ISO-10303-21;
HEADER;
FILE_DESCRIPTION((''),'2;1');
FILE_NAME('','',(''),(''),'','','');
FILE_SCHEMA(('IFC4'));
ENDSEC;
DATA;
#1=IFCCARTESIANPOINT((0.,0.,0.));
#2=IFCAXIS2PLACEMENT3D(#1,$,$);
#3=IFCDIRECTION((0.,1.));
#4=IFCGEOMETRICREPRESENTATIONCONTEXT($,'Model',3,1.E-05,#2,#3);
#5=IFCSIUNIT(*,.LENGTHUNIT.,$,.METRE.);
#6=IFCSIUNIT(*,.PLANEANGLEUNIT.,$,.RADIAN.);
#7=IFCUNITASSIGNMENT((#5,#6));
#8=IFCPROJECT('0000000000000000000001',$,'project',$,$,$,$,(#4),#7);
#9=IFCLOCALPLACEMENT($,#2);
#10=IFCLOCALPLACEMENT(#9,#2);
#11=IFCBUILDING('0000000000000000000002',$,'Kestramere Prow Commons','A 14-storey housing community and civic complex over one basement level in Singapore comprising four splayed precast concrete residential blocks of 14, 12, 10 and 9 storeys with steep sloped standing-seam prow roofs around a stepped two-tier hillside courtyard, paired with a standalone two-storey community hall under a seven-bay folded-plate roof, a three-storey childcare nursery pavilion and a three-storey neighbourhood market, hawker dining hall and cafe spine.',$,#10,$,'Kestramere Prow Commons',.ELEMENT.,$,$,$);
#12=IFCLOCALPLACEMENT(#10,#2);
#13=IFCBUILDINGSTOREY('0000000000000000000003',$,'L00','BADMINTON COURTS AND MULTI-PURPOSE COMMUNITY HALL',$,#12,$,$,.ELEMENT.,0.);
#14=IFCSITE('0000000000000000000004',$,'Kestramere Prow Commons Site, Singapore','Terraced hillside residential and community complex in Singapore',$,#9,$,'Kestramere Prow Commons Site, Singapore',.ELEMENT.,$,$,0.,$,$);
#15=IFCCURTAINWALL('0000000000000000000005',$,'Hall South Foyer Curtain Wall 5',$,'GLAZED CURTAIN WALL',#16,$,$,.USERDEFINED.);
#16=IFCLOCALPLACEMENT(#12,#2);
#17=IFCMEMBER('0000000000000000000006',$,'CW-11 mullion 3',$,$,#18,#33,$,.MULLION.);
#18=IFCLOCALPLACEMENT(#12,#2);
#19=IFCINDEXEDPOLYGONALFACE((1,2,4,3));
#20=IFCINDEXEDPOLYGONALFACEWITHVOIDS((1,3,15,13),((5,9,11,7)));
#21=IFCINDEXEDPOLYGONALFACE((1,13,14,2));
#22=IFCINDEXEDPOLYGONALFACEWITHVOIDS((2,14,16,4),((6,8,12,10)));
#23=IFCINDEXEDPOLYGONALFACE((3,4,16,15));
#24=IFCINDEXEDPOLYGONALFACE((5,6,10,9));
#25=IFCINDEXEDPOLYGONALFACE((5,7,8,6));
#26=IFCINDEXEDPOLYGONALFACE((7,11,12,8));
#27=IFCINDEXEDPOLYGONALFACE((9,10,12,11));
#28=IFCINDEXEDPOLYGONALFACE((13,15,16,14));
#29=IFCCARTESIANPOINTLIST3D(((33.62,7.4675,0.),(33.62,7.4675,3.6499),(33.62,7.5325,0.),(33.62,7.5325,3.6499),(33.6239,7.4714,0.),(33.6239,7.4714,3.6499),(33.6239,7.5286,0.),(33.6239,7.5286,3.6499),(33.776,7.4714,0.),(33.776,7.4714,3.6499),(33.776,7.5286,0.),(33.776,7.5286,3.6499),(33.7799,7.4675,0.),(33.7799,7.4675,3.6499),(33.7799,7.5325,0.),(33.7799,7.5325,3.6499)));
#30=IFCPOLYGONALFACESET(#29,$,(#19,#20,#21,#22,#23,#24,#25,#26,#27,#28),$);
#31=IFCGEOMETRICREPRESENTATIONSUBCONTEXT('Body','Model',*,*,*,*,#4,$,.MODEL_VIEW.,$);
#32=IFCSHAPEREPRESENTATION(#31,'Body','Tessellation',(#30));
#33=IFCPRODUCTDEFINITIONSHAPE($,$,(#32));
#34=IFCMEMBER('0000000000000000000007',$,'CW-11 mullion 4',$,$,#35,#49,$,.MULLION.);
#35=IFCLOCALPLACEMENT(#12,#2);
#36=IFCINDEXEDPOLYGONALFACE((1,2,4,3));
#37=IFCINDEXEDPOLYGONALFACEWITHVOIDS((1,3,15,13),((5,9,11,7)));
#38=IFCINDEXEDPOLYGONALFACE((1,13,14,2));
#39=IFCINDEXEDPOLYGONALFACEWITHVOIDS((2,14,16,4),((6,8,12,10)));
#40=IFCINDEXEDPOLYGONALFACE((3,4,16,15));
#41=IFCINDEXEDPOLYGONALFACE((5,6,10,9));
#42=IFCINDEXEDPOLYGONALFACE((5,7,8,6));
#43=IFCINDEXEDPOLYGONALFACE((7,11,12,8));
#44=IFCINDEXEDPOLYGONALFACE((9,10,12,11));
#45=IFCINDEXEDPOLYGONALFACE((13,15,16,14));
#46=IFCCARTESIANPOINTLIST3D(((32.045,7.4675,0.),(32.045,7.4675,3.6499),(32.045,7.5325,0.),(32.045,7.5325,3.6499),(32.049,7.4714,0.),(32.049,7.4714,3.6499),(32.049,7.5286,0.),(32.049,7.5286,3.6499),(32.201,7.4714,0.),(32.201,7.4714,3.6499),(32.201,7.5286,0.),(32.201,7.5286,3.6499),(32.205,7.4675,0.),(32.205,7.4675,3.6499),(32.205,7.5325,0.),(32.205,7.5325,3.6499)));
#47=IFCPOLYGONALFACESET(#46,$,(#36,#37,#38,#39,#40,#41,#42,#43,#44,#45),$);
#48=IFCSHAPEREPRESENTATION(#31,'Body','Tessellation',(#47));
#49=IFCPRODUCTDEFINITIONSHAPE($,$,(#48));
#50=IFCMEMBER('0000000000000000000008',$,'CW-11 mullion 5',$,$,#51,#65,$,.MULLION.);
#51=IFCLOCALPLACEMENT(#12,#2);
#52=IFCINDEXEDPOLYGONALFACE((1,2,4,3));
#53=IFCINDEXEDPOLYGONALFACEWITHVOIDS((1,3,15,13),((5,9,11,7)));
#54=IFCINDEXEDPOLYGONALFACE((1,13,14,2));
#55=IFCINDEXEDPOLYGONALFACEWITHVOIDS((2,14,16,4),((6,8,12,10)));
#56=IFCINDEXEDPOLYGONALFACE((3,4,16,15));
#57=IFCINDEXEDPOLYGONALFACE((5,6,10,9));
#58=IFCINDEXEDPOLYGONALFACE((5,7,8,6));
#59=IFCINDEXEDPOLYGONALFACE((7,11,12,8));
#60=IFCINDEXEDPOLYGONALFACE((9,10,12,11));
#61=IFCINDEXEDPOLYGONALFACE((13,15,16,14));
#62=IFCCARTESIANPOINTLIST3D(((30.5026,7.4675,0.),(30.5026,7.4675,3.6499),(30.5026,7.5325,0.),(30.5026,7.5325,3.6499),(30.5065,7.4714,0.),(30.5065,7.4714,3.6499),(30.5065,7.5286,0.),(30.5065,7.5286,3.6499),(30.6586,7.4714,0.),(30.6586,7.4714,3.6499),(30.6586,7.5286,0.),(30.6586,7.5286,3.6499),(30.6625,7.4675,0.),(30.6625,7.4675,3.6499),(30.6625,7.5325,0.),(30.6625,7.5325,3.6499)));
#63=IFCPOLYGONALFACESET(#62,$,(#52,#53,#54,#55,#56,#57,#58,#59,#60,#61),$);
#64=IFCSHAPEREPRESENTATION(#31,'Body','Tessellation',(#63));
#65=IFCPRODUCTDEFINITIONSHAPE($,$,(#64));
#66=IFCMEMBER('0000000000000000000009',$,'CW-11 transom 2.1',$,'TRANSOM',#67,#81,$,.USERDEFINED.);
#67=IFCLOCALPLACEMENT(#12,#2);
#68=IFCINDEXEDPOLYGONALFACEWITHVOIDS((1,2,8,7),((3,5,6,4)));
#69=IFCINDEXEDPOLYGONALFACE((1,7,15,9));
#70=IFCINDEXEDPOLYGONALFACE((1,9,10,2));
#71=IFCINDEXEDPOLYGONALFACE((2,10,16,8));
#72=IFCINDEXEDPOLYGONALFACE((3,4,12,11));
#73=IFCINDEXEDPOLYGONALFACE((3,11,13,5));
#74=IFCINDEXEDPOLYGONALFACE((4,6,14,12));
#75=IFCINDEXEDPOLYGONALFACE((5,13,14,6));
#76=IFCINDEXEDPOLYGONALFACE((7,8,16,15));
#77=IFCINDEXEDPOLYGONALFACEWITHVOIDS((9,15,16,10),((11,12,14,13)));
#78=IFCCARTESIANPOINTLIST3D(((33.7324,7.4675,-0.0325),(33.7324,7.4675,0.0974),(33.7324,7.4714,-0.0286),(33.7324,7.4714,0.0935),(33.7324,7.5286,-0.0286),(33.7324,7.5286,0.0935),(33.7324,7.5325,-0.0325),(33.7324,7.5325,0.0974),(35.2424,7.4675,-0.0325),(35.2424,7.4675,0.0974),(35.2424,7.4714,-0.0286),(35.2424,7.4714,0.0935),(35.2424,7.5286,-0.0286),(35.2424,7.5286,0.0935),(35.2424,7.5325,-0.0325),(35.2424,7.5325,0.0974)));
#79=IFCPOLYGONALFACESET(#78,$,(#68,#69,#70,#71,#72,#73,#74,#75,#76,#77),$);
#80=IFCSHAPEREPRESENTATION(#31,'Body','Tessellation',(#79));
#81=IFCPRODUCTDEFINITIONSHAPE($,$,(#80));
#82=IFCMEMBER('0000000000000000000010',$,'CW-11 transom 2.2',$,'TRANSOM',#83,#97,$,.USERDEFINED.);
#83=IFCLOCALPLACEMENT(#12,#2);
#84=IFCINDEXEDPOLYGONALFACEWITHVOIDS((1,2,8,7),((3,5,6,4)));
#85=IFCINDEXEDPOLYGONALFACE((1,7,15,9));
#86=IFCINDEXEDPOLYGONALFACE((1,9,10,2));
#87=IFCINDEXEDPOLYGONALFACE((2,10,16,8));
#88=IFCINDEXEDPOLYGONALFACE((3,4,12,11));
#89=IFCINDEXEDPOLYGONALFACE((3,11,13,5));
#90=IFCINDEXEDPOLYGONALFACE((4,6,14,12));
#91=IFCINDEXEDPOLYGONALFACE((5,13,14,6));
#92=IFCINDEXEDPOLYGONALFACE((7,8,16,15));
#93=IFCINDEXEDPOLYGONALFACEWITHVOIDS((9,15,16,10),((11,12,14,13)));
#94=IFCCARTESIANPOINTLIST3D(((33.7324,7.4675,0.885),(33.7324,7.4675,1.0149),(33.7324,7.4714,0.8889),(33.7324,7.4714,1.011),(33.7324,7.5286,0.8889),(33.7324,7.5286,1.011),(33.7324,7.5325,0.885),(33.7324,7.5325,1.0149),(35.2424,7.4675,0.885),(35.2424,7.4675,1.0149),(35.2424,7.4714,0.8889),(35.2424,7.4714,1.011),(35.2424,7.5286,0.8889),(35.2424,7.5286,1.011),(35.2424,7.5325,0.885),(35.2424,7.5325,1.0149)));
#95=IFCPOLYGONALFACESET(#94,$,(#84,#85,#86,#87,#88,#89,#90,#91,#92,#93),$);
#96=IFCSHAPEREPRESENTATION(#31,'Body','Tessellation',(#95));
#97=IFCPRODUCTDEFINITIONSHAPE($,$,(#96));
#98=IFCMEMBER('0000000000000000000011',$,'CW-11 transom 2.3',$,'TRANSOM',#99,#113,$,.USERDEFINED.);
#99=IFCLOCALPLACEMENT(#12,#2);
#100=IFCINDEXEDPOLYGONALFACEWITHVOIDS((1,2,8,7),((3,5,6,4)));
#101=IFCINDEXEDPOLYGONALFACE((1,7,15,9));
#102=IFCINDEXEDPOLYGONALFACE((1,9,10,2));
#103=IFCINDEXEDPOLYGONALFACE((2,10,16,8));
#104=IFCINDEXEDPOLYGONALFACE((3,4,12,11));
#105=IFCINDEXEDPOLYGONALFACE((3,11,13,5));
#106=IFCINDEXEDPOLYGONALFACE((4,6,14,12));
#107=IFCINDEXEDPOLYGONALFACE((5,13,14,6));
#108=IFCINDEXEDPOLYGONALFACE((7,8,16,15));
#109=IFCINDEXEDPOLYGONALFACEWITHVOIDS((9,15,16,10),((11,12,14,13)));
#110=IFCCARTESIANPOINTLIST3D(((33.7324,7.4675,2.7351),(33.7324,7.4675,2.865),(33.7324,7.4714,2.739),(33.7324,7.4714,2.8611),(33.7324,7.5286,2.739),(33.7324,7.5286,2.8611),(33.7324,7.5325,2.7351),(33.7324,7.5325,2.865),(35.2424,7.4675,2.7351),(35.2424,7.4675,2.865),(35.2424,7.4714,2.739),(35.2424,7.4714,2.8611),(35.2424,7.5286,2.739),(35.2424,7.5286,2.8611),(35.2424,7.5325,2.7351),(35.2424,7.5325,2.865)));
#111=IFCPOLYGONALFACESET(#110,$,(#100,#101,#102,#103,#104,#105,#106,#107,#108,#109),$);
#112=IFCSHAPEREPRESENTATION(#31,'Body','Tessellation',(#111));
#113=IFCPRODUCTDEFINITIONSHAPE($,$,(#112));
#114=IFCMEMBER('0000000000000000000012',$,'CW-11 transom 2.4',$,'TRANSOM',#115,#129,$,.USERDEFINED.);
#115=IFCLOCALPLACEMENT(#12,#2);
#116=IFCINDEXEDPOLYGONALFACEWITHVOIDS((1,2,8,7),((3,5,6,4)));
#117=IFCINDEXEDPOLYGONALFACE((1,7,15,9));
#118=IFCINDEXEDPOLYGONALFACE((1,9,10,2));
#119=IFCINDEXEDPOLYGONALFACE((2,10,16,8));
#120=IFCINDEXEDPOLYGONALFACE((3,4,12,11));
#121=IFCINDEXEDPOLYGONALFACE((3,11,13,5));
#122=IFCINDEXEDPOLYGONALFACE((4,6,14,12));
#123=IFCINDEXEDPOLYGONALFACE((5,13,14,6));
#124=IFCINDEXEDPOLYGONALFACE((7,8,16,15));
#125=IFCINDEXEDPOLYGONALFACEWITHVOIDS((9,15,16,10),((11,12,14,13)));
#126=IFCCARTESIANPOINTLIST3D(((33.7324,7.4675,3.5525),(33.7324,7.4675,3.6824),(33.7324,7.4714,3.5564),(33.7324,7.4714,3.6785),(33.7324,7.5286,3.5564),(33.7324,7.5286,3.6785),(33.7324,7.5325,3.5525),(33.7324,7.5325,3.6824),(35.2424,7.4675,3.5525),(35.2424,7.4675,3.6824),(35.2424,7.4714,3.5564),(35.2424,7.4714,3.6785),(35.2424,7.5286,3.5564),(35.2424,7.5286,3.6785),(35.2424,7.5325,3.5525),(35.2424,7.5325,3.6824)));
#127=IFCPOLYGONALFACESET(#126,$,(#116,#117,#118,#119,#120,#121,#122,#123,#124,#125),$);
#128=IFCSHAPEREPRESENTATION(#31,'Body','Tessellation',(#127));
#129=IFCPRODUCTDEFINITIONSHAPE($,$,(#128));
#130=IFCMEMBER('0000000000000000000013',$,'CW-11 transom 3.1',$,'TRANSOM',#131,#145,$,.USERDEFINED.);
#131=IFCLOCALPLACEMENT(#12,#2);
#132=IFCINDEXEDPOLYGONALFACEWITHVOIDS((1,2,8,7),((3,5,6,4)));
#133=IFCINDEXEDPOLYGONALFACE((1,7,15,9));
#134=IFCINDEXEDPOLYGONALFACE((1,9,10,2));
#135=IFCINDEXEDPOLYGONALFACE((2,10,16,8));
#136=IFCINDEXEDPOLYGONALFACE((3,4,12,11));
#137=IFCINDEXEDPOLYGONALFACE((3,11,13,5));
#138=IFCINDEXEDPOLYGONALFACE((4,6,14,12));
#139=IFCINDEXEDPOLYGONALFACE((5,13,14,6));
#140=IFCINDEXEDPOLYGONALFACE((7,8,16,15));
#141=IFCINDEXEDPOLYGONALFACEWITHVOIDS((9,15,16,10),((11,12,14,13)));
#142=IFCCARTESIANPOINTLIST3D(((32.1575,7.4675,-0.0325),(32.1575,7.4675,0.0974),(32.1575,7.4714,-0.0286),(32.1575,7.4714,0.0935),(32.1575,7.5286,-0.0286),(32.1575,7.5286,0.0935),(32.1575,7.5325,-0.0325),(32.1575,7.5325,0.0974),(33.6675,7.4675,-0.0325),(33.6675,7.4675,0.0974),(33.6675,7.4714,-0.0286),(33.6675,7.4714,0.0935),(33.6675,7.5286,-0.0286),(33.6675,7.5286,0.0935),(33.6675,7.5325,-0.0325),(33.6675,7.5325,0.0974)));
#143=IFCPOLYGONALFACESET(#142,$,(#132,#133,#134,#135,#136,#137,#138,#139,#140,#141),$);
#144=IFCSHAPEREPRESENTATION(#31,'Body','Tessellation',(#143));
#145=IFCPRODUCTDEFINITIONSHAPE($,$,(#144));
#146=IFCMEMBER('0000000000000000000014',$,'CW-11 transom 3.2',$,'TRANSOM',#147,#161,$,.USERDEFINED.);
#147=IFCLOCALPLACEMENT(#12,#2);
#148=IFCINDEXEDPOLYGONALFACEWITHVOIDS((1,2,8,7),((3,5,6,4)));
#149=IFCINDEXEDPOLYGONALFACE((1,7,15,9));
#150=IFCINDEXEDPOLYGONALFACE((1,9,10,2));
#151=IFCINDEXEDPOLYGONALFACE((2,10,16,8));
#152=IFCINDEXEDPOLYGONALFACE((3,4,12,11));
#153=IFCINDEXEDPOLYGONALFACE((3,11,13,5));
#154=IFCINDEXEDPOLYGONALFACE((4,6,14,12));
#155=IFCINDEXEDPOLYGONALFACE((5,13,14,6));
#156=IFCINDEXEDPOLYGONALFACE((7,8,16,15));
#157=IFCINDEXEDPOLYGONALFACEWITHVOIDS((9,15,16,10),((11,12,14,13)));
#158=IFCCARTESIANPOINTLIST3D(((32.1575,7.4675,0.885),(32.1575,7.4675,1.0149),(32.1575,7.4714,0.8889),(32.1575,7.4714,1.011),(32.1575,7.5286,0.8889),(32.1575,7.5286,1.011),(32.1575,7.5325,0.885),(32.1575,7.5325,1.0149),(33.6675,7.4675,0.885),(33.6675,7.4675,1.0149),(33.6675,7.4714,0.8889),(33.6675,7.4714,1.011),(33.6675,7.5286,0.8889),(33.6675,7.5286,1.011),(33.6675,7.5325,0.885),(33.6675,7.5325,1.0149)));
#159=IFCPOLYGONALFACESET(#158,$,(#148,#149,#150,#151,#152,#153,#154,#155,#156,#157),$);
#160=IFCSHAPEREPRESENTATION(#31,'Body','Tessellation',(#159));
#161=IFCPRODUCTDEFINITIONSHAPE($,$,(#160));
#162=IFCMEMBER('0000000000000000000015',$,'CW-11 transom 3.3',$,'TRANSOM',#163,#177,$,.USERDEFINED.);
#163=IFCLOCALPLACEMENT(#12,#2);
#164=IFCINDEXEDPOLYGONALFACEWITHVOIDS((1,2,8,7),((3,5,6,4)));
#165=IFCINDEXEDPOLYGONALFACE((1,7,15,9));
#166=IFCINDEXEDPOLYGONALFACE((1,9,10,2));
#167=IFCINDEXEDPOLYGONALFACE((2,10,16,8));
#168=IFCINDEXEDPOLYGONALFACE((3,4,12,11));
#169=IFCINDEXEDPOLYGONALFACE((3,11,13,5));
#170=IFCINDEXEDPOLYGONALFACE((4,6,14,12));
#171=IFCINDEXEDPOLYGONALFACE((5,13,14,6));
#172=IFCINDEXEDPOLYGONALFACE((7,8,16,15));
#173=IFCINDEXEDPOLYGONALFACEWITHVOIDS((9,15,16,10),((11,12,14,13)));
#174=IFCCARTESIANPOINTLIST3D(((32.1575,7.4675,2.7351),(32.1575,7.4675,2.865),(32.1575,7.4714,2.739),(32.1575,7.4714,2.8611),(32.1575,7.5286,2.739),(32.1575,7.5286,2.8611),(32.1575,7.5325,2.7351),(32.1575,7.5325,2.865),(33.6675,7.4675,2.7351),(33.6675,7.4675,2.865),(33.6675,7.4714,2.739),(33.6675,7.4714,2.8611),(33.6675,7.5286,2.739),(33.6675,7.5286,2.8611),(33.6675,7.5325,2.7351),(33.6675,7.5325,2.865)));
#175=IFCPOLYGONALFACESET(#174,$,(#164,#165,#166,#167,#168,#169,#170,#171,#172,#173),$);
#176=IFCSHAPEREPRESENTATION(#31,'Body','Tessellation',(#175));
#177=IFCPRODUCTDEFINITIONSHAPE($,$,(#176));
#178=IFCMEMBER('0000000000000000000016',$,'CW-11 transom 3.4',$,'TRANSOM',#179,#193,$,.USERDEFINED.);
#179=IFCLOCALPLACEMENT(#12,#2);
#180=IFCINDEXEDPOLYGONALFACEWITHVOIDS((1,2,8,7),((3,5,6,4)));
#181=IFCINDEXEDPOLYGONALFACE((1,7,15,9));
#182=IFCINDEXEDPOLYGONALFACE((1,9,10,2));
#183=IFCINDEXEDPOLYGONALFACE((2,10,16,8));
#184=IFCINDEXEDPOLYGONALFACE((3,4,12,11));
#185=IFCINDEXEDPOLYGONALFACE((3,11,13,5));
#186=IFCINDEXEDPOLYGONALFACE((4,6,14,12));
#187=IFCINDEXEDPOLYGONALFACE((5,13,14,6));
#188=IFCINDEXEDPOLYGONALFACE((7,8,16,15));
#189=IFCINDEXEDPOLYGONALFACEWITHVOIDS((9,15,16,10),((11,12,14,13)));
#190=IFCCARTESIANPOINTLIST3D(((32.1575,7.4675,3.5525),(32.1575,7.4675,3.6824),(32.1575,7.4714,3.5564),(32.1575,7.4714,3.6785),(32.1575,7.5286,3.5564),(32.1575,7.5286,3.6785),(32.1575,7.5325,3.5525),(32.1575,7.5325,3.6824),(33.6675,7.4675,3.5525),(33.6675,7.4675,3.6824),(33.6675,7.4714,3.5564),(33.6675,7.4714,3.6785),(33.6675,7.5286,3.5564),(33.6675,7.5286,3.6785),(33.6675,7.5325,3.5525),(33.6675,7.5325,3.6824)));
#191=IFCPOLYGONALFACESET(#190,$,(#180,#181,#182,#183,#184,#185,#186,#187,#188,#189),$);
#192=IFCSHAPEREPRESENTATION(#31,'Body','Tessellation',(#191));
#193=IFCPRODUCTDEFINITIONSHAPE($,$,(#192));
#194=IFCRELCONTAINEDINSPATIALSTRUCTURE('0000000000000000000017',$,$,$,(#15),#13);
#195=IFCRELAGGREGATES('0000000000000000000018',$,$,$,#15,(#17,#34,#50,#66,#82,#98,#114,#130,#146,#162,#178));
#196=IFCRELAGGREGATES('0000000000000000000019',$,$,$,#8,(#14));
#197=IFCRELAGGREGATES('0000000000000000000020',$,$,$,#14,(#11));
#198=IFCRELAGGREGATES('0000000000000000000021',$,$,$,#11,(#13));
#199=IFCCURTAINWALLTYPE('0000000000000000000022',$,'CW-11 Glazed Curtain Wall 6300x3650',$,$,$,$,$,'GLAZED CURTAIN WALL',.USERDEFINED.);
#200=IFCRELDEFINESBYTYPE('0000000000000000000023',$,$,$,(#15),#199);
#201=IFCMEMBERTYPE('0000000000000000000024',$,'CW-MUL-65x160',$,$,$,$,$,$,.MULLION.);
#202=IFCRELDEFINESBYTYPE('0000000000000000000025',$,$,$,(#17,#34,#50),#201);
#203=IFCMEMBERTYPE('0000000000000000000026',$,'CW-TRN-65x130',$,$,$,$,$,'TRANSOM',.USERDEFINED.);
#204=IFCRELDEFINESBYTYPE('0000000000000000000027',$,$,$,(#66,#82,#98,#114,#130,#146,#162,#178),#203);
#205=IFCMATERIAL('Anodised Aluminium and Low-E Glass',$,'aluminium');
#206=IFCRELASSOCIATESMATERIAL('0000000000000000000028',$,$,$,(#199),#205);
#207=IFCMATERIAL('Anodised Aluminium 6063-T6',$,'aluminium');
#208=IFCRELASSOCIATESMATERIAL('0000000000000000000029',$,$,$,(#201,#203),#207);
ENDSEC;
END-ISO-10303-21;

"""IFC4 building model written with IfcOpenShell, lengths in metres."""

from ifc_helpers import new_model, si_unit, direction, frame, origin, origin_2d, place, context, subcontext, project, spatial, hollow_rectangle, extrude, material, material_profile, profile_set, type_object, element, aggregate, save


model = new_model("IFC4")

# Units and contexts
model_context = context("Model", 3, precision=1e-05, world=origin(), true_north=direction((0.0, 1.0)))
body_context = subcontext(model_context, "Body", "Model", "MODEL_VIEW")
ifc_project = project(units=[si_unit("LENGTHUNIT", "METRE"), si_unit("PLANEANGLEUNIT", "RADIAN")], contexts=[model_context])

# Site, building, storey
site_placement = place(None, origin())
site = spatial("IfcSite", under=ifc_project, at=site_placement, Name="Kestramere Prow Commons Site, Singapore", Description="Terraced hillside residential and community complex in Singapore", LongName="Kestramere Prow Commons Site, Singapore", CompositionType="ELEMENT", RefElevation=0.0)
building_placement = place(site_placement, origin())
building = spatial("IfcBuilding", under=site, at=building_placement, Name="Kestramere Prow Commons", Description="A 14-storey housing community and civic complex over one basement level in Singapore comprising four splayed precast concrete residential blocks of 14, 12, 10 and 9 storeys with steep sloped standing-seam prow roofs around a stepped two-tier hillside courtyard, paired with a standalone two-storey community hall under a seven-bay folded-plate roof, a three-storey childcare nursery pavilion and a three-storey neighbourhood market, hawker dining hall and cafe spine.", LongName="Kestramere Prow Commons", CompositionType="ELEMENT")
storey_placement = place(building_placement, origin())
storey = spatial("IfcBuildingStorey", under=building, at=storey_placement, Name="L00", Description="BADMINTON COURTS AND MULTI-PURPOSE COMMUNITY HALL", CompositionType="ELEMENT", Elevation=0.0)

# Curtain wall, members
ifc_material_1 = material(Name="Anodised Aluminium and Low-E Glass", Category="aluminium")
curtain_wall_type = type_object("IfcCurtainWallType", Name="CW-11 Glazed Curtain Wall 6300x3650", ElementType="GLAZED CURTAIN WALL", PredefinedType="USERDEFINED", material=ifc_material_1)
curtain_wall_placement = place(storey_placement, origin())
curtain_wall = element("IfcCurtainWall", 1, at=curtain_wall_placement, inside=storey, type_object=curtain_wall_type, Name="Hall South Foyer Curtain Wall 5", ObjectType="GLAZED CURTAIN WALL", PredefinedType="USERDEFINED")
ifc_material_2 = material(Name="Anodised Aluminium 6063-T6", Category="aluminium")
ifc_material_profile_1 = material_profile(ifc_material_2, hollow_rectangle(XDim=0.0649, YDim=0.1599, WallThickness=0.0039, at=origin_2d()), Name="ALU-MUL 65x160")
ifc_profile_set_1 = profile_set([ifc_material_profile_1], Name="Anodised Aluminium 6063-T6")
member_type_1 = type_object("IfcMemberType", Name="CW-MUL-65x160", PredefinedType="MULLION", material=ifc_profile_set_1)
member_1_placement = place(storey_placement, frame((33.7, 7.5, 0.0), z_axis=(0.0, 0.0, 1.0), x_axis=(0.0, -1.0, 0.0)))
member_1 = element("IfcMember", 2, at=member_1_placement, type_object=member_type_1, Name="CW-11 mullion 3", PredefinedType="MULLION", context=body_context, shape_type="SweptSolid", body=[
    extrude(hollow_rectangle(XDim=0.0649, YDim=0.1599, WallThickness=0.0039, at=origin_2d()), origin(), (0.0, 0.0, 1.0), 3.6499),
])
member_2_placement = place(storey_placement, frame((32.125, 7.5, 0.0), z_axis=(0.0, 0.0, 1.0), x_axis=(0.0, -1.0, 0.0)))
member_2 = element("IfcMember", 3, at=member_2_placement, type_object=member_type_1, Name="CW-11 mullion 4", PredefinedType="MULLION", context=body_context, shape_type="SweptSolid", body=[
    extrude(hollow_rectangle(XDim=0.0649, YDim=0.1599, WallThickness=0.0039, at=origin_2d()), origin(), (0.0, 0.0, 1.0), 3.6499),
])
member_3_placement = place(storey_placement, frame((30.5825, 7.5, 0.0), z_axis=(0.0, 0.0, 1.0), x_axis=(0.0, -1.0, 0.0)))
member_3 = element("IfcMember", 4, at=member_3_placement, type_object=member_type_1, Name="CW-11 mullion 5", PredefinedType="MULLION", context=body_context, shape_type="SweptSolid", body=[
    extrude(hollow_rectangle(XDim=0.0649, YDim=0.1599, WallThickness=0.0039, at=origin_2d()), origin(), (0.0, 0.0, 1.0), 3.6499),
])
ifc_material_profile_2 = material_profile(ifc_material_2, hollow_rectangle(XDim=0.0649, YDim=0.1299, WallThickness=0.0039, at=origin_2d()), Name="ALU-TRN 65x130")
ifc_profile_set_2 = profile_set([ifc_material_profile_2], Name="Anodised Aluminium 6063-T6")
member_type_2 = type_object("IfcMemberType", Name="CW-TRN-65x130", ElementType="TRANSOM", PredefinedType="USERDEFINED", material=ifc_profile_set_2)
member_4_placement = place(storey_placement, frame((35.2424, 7.5, 0.0325), z_axis=(-1.0, 0.0, 0.0), x_axis=(0.0, -1.0, 0.0)))
member_4 = element("IfcMember", 5, at=member_4_placement, type_object=member_type_2, Name="CW-11 transom 2.1", ObjectType="TRANSOM", PredefinedType="USERDEFINED", context=body_context, shape_type="SweptSolid", body=[
    extrude(hollow_rectangle(XDim=0.0649, YDim=0.1299, WallThickness=0.0039, at=origin_2d()), origin(), (0.0, 0.0, 1.0), 1.51),
])
member_5_placement = place(storey_placement, frame((35.2424, 7.5, 0.95), z_axis=(-1.0, 0.0, 0.0), x_axis=(0.0, -1.0, 0.0)))
member_5 = element("IfcMember", 6, at=member_5_placement, type_object=member_type_2, Name="CW-11 transom 2.2", ObjectType="TRANSOM", PredefinedType="USERDEFINED", context=body_context, shape_type="SweptSolid", body=[
    extrude(hollow_rectangle(XDim=0.0649, YDim=0.1299, WallThickness=0.0039, at=origin_2d()), origin(), (0.0, 0.0, 1.0), 1.51),
])
member_6_placement = place(storey_placement, frame((35.2424, 7.5, 2.8), z_axis=(-1.0, 0.0, 0.0), x_axis=(0.0, -1.0, 0.0)))
member_6 = element("IfcMember", 7, at=member_6_placement, type_object=member_type_2, Name="CW-11 transom 2.3", ObjectType="TRANSOM", PredefinedType="USERDEFINED", context=body_context, shape_type="SweptSolid", body=[
    extrude(hollow_rectangle(XDim=0.0649, YDim=0.1299, WallThickness=0.0039, at=origin_2d()), origin(), (0.0, 0.0, 1.0), 1.51),
])
member_7_placement = place(storey_placement, frame((35.2424, 7.5, 3.6174), z_axis=(-1.0, 0.0, 0.0), x_axis=(0.0, -1.0, 0.0)))
member_7 = element("IfcMember", 8, at=member_7_placement, type_object=member_type_2, Name="CW-11 transom 2.4", ObjectType="TRANSOM", PredefinedType="USERDEFINED", context=body_context, shape_type="SweptSolid", body=[
    extrude(hollow_rectangle(XDim=0.0649, YDim=0.1299, WallThickness=0.0039, at=origin_2d()), origin(), (0.0, 0.0, 1.0), 1.51),
])
member_8_placement = place(storey_placement, frame((33.6675, 7.5, 0.0325), z_axis=(-1.0, 0.0, 0.0), x_axis=(0.0, -1.0, 0.0)))
member_8 = element("IfcMember", 9, at=member_8_placement, type_object=member_type_2, Name="CW-11 transom 3.1", ObjectType="TRANSOM", PredefinedType="USERDEFINED", context=body_context, shape_type="SweptSolid", body=[
    extrude(hollow_rectangle(XDim=0.0649, YDim=0.1299, WallThickness=0.0039, at=origin_2d()), origin(), (0.0, 0.0, 1.0), 1.51),
])
member_9_placement = place(storey_placement, frame((33.6675, 7.5, 0.95), z_axis=(-1.0, 0.0, 0.0), x_axis=(0.0, -1.0, 0.0)))
member_9 = element("IfcMember", 10, at=member_9_placement, type_object=member_type_2, Name="CW-11 transom 3.2", ObjectType="TRANSOM", PredefinedType="USERDEFINED", context=body_context, shape_type="SweptSolid", body=[
    extrude(hollow_rectangle(XDim=0.0649, YDim=0.1299, WallThickness=0.0039, at=origin_2d()), origin(), (0.0, 0.0, 1.0), 1.51),
])
member_10_placement = place(storey_placement, frame((33.6675, 7.5, 2.8), z_axis=(-1.0, 0.0, 0.0), x_axis=(0.0, -1.0, 0.0)))
member_10 = element("IfcMember", 11, at=member_10_placement, type_object=member_type_2, Name="CW-11 transom 3.3", ObjectType="TRANSOM", PredefinedType="USERDEFINED", context=body_context, shape_type="SweptSolid", body=[
    extrude(hollow_rectangle(XDim=0.0649, YDim=0.1299, WallThickness=0.0039, at=origin_2d()), origin(), (0.0, 0.0, 1.0), 1.51),
])
member_11_placement = place(storey_placement, frame((33.6675, 7.5, 3.6174), z_axis=(-1.0, 0.0, 0.0), x_axis=(0.0, -1.0, 0.0)))
member_11 = element("IfcMember", 12, at=member_11_placement, type_object=member_type_2, Name="CW-11 transom 3.4", ObjectType="TRANSOM", PredefinedType="USERDEFINED", context=body_context, shape_type="SweptSolid", body=[
    extrude(hollow_rectangle(XDim=0.0649, YDim=0.1299, WallThickness=0.0039, at=origin_2d()), origin(), (0.0, 0.0, 1.0), 1.51),
])

aggregate(curtain_wall, [member_1, member_2, member_3, member_4, member_5, member_6, member_7, member_8, member_9, member_10, member_11])

save(model, "model.ifc")
